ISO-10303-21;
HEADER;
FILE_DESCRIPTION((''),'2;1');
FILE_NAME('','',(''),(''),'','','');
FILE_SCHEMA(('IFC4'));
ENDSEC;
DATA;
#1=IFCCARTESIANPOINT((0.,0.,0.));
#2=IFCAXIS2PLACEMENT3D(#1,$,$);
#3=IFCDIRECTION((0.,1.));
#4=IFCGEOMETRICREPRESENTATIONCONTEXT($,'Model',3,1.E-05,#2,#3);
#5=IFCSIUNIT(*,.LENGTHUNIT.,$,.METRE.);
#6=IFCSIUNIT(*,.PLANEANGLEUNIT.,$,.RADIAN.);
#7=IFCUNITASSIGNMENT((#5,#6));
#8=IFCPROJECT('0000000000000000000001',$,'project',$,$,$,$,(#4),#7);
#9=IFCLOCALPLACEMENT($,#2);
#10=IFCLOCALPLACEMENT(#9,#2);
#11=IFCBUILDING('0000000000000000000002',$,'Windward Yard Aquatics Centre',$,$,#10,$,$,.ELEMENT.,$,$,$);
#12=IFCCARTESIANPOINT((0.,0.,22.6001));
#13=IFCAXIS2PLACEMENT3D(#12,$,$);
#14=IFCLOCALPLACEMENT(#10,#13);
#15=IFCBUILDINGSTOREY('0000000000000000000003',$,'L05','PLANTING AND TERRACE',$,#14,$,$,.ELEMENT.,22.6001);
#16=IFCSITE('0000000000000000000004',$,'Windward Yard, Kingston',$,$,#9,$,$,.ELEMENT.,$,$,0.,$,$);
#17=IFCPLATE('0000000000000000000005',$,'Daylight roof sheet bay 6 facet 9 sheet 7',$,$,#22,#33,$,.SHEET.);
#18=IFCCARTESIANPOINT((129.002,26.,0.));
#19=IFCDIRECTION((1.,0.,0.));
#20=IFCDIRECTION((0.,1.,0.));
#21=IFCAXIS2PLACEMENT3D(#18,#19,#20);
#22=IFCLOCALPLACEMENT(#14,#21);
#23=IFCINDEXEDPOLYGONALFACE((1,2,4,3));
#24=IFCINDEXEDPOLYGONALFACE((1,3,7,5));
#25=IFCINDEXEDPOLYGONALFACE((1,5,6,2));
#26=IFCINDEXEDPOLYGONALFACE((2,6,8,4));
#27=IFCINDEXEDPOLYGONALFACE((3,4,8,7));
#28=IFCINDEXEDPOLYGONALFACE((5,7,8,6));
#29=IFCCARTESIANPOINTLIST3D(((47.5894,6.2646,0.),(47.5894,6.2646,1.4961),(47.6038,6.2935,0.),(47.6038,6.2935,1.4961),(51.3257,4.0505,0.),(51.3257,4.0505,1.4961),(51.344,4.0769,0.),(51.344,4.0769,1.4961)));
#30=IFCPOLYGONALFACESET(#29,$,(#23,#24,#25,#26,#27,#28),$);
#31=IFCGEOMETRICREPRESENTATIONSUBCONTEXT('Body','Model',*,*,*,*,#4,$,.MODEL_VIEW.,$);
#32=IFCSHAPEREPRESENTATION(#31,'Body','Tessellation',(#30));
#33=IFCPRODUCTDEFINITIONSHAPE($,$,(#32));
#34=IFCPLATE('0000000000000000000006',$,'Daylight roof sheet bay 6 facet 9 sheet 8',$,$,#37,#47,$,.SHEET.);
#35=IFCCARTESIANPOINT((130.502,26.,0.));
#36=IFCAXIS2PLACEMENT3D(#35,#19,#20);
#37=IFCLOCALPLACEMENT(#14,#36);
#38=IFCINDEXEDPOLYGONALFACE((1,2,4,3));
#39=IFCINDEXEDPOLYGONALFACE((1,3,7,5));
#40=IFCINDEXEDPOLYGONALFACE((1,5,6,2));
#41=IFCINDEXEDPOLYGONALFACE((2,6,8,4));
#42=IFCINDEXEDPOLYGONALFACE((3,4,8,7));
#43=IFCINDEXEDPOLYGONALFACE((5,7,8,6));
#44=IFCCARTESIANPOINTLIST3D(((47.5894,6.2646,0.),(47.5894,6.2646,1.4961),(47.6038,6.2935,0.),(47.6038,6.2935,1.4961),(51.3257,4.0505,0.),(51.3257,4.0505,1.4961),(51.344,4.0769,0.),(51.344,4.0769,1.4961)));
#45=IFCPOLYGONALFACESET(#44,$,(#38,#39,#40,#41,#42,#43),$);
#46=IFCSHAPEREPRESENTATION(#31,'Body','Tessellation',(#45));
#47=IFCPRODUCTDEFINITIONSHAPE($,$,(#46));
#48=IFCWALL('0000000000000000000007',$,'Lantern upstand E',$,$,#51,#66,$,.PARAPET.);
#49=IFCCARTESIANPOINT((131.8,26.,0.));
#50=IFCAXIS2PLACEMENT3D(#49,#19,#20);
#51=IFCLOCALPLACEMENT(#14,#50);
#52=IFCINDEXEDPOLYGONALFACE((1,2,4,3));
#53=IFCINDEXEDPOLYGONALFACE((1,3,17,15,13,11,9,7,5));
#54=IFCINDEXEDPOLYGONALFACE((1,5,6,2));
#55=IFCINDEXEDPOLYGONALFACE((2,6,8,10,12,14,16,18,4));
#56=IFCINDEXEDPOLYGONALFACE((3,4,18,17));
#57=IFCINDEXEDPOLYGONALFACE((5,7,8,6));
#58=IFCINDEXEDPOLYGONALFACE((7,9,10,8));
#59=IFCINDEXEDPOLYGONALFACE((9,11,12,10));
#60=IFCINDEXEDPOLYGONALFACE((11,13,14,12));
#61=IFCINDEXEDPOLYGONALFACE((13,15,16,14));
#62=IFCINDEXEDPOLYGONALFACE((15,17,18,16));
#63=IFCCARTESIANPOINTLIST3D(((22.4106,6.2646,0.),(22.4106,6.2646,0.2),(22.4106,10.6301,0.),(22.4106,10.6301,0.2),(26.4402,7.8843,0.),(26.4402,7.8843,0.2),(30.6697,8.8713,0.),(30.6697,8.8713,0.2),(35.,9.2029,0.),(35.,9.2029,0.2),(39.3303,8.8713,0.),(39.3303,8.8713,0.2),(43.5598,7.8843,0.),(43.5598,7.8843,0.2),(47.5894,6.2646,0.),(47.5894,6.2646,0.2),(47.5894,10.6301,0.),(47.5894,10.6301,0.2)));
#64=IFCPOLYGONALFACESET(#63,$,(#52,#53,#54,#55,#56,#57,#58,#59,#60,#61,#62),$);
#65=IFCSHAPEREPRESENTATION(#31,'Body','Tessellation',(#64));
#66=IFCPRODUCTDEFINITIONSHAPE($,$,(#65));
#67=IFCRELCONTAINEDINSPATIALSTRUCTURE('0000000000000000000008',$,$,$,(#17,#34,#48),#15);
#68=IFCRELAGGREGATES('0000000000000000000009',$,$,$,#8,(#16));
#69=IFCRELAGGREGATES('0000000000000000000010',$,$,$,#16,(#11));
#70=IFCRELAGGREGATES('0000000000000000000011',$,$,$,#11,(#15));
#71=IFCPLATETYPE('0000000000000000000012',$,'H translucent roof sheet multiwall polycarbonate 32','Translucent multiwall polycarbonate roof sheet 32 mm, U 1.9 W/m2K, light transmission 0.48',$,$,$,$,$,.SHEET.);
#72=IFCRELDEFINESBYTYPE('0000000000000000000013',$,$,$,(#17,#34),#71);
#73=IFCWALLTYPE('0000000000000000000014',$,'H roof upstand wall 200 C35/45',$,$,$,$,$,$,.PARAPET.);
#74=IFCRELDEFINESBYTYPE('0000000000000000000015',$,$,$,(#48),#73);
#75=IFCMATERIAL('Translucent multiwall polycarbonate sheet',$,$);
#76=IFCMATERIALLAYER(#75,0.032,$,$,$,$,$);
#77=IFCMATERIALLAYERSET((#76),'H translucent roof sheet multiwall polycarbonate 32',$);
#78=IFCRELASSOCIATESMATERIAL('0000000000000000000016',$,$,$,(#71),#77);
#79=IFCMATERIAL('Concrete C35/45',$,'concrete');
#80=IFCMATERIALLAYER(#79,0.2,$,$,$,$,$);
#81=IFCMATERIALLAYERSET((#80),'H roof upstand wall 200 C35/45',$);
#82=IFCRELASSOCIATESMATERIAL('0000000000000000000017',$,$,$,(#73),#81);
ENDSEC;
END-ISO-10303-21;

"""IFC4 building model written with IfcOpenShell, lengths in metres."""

from ifc_helpers import new_model, si_unit, direction, frame, origin, place, context, subcontext, project, spatial, polyline, outline, extrude, material, layer, layer_set, type_object, element, save


model = new_model("IFC4")

# Units and contexts
model_context = context("Model", 3, precision=1e-05, world=origin(), true_north=direction((0.0, 1.0)))
body_context = subcontext(model_context, "Body", "Model", "MODEL_VIEW")
ifc_project = project(units=[si_unit("LENGTHUNIT", "METRE"), si_unit("PLANEANGLEUNIT", "RADIAN")], contexts=[model_context])

# Site, building, storey
site_placement = place(None, origin())
site = spatial("IfcSite", under=ifc_project, at=site_placement, Name="Windward Yard, Kingston", CompositionType="ELEMENT", RefElevation=0.0)
building_placement = place(site_placement, origin())
building = spatial("IfcBuilding", under=site, at=building_placement, Name="Windward Yard Aquatics Centre", CompositionType="ELEMENT")
storey_placement = place(building_placement, frame((0.0, 0.0, 22.6001)))
storey = spatial("IfcBuildingStorey", under=building, at=storey_placement, Name="L05", Description="PLANTING AND TERRACE", CompositionType="ELEMENT", Elevation=22.6001)

# Plates
ifc_material_1 = material(Name="Translucent multiwall polycarbonate sheet")
ifc_layer_1 = layer(ifc_material_1, 0.032)
ifc_layer_set_1 = layer_set([ifc_layer_1], Name="H translucent roof sheet multiwall polycarbonate 32")
plate_type = type_object("IfcPlateType", Name="H translucent roof sheet multiwall polycarbonate 32", Description="Translucent multiwall polycarbonate roof sheet 32 mm, U 1.9 W/m2K, light transmission 0.48", PredefinedType="SHEET", material=ifc_layer_set_1)
for number, where, z_axis, x_axis, name in (
    (1, (129.002, 26.0, 0.0), (1.0, 0.0, 0.0), (0.0, 1.0, 0.0), "Daylight roof sheet bay 6 facet 9 sheet 7"),
    (2, (130.502, 26.0, 0.0), (1.0, 0.0, 0.0), (0.0, 1.0, 0.0), "Daylight roof sheet bay 6 facet 9 sheet 8"),
):
    element("IfcPlate", number, at=place(storey_placement, frame(where, z_axis=z_axis, x_axis=x_axis)), inside=storey, type_object=plate_type, Name=name, PredefinedType="SHEET", context=body_context, shape_type="SweptSolid", body=[
        extrude(outline(polyline([(47.5894, 6.2646), (51.3257, 4.0505), (51.344, 4.0769), (47.6038, 6.2935), (47.5894, 6.2646)])), origin(), (0.0, 0.0, 1.0), 1.4961),
    ])

# Wall
ifc_material_2 = material(Name="Concrete C35/45", Category="concrete")
ifc_layer_2 = layer(ifc_material_2, 0.2)
ifc_layer_set_2 = layer_set([ifc_layer_2], Name="H roof upstand wall 200 C35/45")
wall_type_1 = type_object("IfcWallType", Name="H roof upstand wall 200 C35/45", PredefinedType="PARAPET", material=ifc_layer_set_2)
wall_placement = place(storey_placement, frame((131.8, 26.0, 0.0), z_axis=(1.0, 0.0, 0.0), x_axis=(0.0, 1.0, 0.0)))
element("IfcWall", 3, at=wall_placement, inside=storey, type_object=wall_type_1, Name="Lantern upstand E", PredefinedType="PARAPET", context=body_context, shape_type="SweptSolid", body=[
    extrude(outline(polyline([(22.4106, 6.2646), (26.4402, 7.8843), (30.6697, 8.8713), (35.0, 9.2029), (39.3303, 8.8713), (43.5598, 7.8843), (47.5894, 6.2646), (47.5894, 10.6301), (22.4106, 10.6301), (22.4106, 6.2646)])), origin(), (0.0, 0.0, 1.0), 0.2),
])

save(model, "model.ifc")
